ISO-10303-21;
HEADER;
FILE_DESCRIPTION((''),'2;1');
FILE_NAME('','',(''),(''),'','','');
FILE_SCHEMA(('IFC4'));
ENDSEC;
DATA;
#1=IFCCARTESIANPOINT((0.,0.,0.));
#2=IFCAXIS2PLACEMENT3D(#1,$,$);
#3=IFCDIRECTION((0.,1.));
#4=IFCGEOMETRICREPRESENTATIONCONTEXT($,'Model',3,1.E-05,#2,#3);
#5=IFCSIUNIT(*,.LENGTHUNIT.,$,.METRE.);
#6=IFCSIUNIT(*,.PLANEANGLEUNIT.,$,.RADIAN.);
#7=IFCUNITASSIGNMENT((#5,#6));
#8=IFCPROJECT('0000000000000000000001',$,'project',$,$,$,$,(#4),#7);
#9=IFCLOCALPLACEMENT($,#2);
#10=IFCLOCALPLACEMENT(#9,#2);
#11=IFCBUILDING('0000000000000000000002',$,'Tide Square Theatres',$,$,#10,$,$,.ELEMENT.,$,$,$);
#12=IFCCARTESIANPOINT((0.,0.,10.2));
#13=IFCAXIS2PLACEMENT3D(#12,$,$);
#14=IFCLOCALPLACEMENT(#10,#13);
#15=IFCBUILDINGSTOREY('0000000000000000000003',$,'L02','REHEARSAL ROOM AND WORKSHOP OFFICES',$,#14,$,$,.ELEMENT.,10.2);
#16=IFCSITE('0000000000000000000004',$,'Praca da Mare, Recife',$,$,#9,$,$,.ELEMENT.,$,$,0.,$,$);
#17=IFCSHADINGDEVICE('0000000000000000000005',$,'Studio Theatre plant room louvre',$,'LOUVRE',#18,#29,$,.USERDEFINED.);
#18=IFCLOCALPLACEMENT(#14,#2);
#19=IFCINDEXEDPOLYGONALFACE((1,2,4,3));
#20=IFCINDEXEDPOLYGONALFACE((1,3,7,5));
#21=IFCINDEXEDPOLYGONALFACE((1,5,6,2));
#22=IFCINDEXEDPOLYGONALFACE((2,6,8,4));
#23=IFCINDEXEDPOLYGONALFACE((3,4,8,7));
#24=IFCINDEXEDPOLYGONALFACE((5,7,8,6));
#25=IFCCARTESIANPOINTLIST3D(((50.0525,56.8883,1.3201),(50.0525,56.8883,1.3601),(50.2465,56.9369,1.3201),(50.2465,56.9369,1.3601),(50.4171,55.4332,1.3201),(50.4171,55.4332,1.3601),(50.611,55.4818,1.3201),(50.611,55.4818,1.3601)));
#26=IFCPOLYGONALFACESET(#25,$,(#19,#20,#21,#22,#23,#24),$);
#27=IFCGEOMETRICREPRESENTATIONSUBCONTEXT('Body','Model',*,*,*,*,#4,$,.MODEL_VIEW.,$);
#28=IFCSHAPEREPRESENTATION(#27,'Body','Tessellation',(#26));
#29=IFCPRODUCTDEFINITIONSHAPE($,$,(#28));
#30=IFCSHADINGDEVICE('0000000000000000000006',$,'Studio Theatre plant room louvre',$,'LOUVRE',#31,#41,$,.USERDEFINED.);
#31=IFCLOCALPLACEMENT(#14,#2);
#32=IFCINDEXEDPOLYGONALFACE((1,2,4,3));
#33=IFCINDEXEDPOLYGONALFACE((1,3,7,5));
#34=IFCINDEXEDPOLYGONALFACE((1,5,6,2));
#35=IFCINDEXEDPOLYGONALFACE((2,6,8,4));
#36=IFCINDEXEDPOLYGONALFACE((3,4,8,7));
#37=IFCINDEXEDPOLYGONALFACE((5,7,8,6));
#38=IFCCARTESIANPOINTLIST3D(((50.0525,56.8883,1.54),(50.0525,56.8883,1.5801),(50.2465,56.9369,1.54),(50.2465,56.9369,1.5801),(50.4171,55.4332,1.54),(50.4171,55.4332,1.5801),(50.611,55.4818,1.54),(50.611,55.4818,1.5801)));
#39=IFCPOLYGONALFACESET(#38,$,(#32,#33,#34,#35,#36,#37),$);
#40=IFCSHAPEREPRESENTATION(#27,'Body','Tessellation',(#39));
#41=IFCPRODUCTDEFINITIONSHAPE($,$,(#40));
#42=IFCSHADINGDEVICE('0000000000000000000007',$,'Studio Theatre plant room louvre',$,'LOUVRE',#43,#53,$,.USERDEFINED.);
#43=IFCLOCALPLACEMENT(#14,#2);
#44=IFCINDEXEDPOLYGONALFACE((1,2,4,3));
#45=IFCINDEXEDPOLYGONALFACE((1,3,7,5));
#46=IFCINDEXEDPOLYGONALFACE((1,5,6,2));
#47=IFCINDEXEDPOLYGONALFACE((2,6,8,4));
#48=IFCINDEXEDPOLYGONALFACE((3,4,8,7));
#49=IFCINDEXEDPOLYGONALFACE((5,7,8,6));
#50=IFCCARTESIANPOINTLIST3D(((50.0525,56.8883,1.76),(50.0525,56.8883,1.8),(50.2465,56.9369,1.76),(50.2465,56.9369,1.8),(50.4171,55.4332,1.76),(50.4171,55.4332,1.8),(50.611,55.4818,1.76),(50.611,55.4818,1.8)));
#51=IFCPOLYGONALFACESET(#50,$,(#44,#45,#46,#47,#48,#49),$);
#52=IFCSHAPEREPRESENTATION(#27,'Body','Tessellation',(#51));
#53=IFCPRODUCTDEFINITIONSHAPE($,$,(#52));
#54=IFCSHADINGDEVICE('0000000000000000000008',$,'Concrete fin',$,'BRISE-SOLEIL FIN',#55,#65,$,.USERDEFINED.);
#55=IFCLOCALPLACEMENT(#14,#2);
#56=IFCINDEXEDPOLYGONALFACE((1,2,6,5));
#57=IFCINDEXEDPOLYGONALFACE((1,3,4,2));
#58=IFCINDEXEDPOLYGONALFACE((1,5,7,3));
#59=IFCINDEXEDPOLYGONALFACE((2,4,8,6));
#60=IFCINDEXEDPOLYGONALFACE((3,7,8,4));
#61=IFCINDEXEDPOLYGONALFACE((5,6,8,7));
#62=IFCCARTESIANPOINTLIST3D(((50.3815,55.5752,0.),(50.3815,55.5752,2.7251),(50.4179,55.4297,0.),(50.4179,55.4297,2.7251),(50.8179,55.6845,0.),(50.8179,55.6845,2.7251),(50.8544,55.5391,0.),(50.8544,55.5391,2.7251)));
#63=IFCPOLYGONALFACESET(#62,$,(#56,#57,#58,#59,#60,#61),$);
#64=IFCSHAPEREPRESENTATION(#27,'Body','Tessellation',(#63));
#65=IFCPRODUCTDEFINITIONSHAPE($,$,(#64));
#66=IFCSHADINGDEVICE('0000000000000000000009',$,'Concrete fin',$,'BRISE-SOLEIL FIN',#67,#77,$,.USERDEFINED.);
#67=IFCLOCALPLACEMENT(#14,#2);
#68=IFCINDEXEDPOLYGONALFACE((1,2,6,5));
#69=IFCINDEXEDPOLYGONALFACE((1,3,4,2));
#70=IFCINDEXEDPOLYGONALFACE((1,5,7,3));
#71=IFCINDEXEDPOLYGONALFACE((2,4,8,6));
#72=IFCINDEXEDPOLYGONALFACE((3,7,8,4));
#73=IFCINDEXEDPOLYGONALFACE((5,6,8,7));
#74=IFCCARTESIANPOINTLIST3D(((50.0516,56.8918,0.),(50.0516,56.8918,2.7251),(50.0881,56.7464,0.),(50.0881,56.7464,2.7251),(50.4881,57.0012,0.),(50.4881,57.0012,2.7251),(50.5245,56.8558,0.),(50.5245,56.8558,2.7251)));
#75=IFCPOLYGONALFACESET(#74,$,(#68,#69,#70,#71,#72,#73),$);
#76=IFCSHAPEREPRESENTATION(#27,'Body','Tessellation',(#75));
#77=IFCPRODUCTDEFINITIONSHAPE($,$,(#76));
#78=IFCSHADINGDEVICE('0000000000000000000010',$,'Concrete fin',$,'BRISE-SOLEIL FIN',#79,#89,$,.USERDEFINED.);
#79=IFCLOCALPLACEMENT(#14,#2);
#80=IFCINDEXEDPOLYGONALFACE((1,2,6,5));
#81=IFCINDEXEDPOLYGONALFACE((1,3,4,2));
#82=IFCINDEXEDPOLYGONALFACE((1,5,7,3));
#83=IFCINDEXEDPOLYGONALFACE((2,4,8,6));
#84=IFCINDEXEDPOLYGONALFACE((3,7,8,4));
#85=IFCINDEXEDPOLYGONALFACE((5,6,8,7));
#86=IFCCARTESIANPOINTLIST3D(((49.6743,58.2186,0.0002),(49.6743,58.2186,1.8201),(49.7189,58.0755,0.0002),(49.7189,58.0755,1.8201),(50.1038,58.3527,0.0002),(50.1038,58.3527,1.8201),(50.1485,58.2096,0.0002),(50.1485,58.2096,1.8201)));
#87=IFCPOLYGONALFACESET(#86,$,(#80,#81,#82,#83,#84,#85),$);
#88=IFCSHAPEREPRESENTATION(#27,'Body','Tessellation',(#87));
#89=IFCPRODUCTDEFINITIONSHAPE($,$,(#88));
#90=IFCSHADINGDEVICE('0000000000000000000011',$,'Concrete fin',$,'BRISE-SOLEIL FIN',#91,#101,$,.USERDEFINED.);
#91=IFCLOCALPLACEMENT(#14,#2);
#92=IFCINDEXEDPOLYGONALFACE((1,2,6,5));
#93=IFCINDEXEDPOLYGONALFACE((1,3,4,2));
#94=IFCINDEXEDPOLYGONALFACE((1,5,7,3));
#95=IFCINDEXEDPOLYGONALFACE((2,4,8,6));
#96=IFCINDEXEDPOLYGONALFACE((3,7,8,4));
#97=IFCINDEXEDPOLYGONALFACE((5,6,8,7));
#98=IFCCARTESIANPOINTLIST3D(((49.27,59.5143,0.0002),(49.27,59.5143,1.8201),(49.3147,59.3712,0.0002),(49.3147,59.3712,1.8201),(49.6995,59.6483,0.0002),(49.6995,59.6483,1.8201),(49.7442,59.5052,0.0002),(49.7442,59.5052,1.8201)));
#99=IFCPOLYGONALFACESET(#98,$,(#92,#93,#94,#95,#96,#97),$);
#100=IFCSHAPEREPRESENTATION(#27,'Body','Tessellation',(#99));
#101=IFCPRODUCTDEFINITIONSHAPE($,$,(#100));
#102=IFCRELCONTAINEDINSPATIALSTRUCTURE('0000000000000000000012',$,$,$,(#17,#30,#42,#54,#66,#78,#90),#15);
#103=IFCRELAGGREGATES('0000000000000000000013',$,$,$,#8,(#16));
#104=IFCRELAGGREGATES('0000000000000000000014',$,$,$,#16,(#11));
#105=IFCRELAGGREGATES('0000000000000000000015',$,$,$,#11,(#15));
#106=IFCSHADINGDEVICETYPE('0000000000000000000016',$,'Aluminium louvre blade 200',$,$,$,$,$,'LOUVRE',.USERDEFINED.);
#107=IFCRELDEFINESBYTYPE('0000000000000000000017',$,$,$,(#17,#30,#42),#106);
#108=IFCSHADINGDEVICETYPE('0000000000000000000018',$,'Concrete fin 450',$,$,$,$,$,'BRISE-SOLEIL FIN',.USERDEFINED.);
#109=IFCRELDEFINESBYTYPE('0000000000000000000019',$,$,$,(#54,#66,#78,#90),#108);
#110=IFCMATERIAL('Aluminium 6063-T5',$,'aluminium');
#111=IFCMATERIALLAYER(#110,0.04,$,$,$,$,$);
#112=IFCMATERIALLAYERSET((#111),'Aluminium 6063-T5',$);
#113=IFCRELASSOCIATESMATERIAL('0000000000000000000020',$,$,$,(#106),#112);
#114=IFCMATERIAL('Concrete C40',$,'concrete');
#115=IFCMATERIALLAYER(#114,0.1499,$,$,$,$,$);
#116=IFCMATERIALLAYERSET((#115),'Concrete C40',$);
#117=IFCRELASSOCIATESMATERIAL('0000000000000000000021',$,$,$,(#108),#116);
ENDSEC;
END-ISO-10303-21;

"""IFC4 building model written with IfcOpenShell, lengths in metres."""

from ifc_helpers import new_model, si_unit, direction, frame, origin, origin_2d, place, context, subcontext, project, spatial, rectangle, extrude, material, layer, layer_set, type_object, element, save


model = new_model("IFC4")

# Units and contexts
model_context = context("Model", 3, precision=1e-05, world=origin(), true_north=direction((0.0, 1.0)))
body_context = subcontext(model_context, "Body", "Model", "MODEL_VIEW")
ifc_project = project(units=[si_unit("LENGTHUNIT", "METRE"), si_unit("PLANEANGLEUNIT", "RADIAN")], contexts=[model_context])

# Site, building, storey
site_placement = place(None, origin())
site = spatial("IfcSite", under=ifc_project, at=site_placement, Name="Praca da Mare, Recife", CompositionType="ELEMENT", RefElevation=0.0)
building_placement = place(site_placement, origin())
building = spatial("IfcBuilding", under=site, at=building_placement, Name="Tide Square Theatres", CompositionType="ELEMENT")
storey_placement = place(building_placement, frame((0.0, 0.0, 10.2)))
storey = spatial("IfcBuildingStorey", under=building, at=storey_placement, Name="L02", Description="REHEARSAL ROOM AND WORKSHOP OFFICES", CompositionType="ELEMENT", Elevation=10.2)

# Shading devices
ifc_material_1 = material(Name="Aluminium 6063-T5", Category="aluminium")
ifc_layer_1 = layer(ifc_material_1, 0.04)
ifc_layer_set_1 = layer_set([ifc_layer_1], Name="Aluminium 6063-T5")
shading_device_type_1 = type_object("IfcShadingDeviceType", Name="Aluminium louvre blade 200", ElementType="LOUVRE", PredefinedType="USERDEFINED", material=ifc_layer_set_1)
for number, where, z_axis, x_axis, name in (
    (1, (50.3318, 56.1851, 1.3201), (0.0, 0.0, 1.0), (-0.243039, 0.970016, 0.0), "Studio Theatre plant room louvre"),
    (2, (50.3318, 56.1851, 1.54), (0.0, 0.0, 1.0), (-0.243039, 0.970016, 0.0), "Studio Theatre plant room louvre"),
    (3, (50.3318, 56.1851, 1.76), (0.0, 0.0, 1.0), (-0.243039, 0.970016, 0.0), "Studio Theatre plant room louvre"),
):
    element("IfcShadingDevice", number, at=place(storey_placement, frame(where, z_axis=z_axis, x_axis=x_axis)), inside=storey, type_object=shading_device_type_1, Name=name, ObjectType="LOUVRE", PredefinedType="USERDEFINED", context=body_context, shape_type="SweptSolid", body=[
        extrude(rectangle(XDim=1.5, YDim=0.2, at=origin_2d()), origin(), (0.0, 0.0, 1.0), 0.04),
    ])
ifc_material_2 = material(Name="Concrete C40", Category="concrete")
ifc_layer_2 = layer(ifc_material_2, 0.1499)
ifc_layer_set_2 = layer_set([ifc_layer_2], Name="Concrete C40")
shading_device_type_2 = type_object("IfcShadingDeviceType", Name="Concrete fin 450", ElementType="BRISE-SOLEIL FIN", PredefinedType="USERDEFINED", material=ifc_layer_set_2)
for number, where, z_axis, x_axis, name in (
    (4, (50.6179, 55.5571, 0.0), (0.0, 0.0, 1.0), (-0.243039, 0.970016, 0.0), "Concrete fin"),
    (5, (50.2881, 56.8738, 0.0), (0.0, 0.0, 1.0), (-0.243039, 0.970016, 0.0), "Concrete fin"),
):
    element("IfcShadingDevice", number, at=place(storey_placement, frame(where, z_axis=z_axis, x_axis=x_axis)), inside=storey, type_object=shading_device_type_2, Name=name, ObjectType="BRISE-SOLEIL FIN", PredefinedType="USERDEFINED", context=body_context, shape_type="SweptSolid", body=[
        extrude(rectangle(XDim=0.1499, YDim=0.45, at=origin_2d()), origin(), (0.0, 0.0, 1.0), 2.7251),
    ])
for number, where, z_axis, x_axis, name in (
    (6, (49.9114, 58.2141, 0.0002), (0.0, 0.0, 1.0), (-0.297925, 0.954589, 0.0), "Concrete fin"),
    (7, (49.5071, 59.5098, 0.0002), (0.0, 0.0, 1.0), (-0.297925, 0.954589, 0.0), "Concrete fin"),
):
    element("IfcShadingDevice", number, at=place(storey_placement, frame(where, z_axis=z_axis, x_axis=x_axis)), inside=storey, type_object=shading_device_type_2, Name=name, ObjectType="BRISE-SOLEIL FIN", PredefinedType="USERDEFINED", context=body_context, shape_type="SweptSolid", body=[
        extrude(rectangle(XDim=0.1499, YDim=0.45, at=origin_2d()), origin(), (0.0, 0.0, 1.0), 1.8198),
    ])

save(model, "model.ifc")
